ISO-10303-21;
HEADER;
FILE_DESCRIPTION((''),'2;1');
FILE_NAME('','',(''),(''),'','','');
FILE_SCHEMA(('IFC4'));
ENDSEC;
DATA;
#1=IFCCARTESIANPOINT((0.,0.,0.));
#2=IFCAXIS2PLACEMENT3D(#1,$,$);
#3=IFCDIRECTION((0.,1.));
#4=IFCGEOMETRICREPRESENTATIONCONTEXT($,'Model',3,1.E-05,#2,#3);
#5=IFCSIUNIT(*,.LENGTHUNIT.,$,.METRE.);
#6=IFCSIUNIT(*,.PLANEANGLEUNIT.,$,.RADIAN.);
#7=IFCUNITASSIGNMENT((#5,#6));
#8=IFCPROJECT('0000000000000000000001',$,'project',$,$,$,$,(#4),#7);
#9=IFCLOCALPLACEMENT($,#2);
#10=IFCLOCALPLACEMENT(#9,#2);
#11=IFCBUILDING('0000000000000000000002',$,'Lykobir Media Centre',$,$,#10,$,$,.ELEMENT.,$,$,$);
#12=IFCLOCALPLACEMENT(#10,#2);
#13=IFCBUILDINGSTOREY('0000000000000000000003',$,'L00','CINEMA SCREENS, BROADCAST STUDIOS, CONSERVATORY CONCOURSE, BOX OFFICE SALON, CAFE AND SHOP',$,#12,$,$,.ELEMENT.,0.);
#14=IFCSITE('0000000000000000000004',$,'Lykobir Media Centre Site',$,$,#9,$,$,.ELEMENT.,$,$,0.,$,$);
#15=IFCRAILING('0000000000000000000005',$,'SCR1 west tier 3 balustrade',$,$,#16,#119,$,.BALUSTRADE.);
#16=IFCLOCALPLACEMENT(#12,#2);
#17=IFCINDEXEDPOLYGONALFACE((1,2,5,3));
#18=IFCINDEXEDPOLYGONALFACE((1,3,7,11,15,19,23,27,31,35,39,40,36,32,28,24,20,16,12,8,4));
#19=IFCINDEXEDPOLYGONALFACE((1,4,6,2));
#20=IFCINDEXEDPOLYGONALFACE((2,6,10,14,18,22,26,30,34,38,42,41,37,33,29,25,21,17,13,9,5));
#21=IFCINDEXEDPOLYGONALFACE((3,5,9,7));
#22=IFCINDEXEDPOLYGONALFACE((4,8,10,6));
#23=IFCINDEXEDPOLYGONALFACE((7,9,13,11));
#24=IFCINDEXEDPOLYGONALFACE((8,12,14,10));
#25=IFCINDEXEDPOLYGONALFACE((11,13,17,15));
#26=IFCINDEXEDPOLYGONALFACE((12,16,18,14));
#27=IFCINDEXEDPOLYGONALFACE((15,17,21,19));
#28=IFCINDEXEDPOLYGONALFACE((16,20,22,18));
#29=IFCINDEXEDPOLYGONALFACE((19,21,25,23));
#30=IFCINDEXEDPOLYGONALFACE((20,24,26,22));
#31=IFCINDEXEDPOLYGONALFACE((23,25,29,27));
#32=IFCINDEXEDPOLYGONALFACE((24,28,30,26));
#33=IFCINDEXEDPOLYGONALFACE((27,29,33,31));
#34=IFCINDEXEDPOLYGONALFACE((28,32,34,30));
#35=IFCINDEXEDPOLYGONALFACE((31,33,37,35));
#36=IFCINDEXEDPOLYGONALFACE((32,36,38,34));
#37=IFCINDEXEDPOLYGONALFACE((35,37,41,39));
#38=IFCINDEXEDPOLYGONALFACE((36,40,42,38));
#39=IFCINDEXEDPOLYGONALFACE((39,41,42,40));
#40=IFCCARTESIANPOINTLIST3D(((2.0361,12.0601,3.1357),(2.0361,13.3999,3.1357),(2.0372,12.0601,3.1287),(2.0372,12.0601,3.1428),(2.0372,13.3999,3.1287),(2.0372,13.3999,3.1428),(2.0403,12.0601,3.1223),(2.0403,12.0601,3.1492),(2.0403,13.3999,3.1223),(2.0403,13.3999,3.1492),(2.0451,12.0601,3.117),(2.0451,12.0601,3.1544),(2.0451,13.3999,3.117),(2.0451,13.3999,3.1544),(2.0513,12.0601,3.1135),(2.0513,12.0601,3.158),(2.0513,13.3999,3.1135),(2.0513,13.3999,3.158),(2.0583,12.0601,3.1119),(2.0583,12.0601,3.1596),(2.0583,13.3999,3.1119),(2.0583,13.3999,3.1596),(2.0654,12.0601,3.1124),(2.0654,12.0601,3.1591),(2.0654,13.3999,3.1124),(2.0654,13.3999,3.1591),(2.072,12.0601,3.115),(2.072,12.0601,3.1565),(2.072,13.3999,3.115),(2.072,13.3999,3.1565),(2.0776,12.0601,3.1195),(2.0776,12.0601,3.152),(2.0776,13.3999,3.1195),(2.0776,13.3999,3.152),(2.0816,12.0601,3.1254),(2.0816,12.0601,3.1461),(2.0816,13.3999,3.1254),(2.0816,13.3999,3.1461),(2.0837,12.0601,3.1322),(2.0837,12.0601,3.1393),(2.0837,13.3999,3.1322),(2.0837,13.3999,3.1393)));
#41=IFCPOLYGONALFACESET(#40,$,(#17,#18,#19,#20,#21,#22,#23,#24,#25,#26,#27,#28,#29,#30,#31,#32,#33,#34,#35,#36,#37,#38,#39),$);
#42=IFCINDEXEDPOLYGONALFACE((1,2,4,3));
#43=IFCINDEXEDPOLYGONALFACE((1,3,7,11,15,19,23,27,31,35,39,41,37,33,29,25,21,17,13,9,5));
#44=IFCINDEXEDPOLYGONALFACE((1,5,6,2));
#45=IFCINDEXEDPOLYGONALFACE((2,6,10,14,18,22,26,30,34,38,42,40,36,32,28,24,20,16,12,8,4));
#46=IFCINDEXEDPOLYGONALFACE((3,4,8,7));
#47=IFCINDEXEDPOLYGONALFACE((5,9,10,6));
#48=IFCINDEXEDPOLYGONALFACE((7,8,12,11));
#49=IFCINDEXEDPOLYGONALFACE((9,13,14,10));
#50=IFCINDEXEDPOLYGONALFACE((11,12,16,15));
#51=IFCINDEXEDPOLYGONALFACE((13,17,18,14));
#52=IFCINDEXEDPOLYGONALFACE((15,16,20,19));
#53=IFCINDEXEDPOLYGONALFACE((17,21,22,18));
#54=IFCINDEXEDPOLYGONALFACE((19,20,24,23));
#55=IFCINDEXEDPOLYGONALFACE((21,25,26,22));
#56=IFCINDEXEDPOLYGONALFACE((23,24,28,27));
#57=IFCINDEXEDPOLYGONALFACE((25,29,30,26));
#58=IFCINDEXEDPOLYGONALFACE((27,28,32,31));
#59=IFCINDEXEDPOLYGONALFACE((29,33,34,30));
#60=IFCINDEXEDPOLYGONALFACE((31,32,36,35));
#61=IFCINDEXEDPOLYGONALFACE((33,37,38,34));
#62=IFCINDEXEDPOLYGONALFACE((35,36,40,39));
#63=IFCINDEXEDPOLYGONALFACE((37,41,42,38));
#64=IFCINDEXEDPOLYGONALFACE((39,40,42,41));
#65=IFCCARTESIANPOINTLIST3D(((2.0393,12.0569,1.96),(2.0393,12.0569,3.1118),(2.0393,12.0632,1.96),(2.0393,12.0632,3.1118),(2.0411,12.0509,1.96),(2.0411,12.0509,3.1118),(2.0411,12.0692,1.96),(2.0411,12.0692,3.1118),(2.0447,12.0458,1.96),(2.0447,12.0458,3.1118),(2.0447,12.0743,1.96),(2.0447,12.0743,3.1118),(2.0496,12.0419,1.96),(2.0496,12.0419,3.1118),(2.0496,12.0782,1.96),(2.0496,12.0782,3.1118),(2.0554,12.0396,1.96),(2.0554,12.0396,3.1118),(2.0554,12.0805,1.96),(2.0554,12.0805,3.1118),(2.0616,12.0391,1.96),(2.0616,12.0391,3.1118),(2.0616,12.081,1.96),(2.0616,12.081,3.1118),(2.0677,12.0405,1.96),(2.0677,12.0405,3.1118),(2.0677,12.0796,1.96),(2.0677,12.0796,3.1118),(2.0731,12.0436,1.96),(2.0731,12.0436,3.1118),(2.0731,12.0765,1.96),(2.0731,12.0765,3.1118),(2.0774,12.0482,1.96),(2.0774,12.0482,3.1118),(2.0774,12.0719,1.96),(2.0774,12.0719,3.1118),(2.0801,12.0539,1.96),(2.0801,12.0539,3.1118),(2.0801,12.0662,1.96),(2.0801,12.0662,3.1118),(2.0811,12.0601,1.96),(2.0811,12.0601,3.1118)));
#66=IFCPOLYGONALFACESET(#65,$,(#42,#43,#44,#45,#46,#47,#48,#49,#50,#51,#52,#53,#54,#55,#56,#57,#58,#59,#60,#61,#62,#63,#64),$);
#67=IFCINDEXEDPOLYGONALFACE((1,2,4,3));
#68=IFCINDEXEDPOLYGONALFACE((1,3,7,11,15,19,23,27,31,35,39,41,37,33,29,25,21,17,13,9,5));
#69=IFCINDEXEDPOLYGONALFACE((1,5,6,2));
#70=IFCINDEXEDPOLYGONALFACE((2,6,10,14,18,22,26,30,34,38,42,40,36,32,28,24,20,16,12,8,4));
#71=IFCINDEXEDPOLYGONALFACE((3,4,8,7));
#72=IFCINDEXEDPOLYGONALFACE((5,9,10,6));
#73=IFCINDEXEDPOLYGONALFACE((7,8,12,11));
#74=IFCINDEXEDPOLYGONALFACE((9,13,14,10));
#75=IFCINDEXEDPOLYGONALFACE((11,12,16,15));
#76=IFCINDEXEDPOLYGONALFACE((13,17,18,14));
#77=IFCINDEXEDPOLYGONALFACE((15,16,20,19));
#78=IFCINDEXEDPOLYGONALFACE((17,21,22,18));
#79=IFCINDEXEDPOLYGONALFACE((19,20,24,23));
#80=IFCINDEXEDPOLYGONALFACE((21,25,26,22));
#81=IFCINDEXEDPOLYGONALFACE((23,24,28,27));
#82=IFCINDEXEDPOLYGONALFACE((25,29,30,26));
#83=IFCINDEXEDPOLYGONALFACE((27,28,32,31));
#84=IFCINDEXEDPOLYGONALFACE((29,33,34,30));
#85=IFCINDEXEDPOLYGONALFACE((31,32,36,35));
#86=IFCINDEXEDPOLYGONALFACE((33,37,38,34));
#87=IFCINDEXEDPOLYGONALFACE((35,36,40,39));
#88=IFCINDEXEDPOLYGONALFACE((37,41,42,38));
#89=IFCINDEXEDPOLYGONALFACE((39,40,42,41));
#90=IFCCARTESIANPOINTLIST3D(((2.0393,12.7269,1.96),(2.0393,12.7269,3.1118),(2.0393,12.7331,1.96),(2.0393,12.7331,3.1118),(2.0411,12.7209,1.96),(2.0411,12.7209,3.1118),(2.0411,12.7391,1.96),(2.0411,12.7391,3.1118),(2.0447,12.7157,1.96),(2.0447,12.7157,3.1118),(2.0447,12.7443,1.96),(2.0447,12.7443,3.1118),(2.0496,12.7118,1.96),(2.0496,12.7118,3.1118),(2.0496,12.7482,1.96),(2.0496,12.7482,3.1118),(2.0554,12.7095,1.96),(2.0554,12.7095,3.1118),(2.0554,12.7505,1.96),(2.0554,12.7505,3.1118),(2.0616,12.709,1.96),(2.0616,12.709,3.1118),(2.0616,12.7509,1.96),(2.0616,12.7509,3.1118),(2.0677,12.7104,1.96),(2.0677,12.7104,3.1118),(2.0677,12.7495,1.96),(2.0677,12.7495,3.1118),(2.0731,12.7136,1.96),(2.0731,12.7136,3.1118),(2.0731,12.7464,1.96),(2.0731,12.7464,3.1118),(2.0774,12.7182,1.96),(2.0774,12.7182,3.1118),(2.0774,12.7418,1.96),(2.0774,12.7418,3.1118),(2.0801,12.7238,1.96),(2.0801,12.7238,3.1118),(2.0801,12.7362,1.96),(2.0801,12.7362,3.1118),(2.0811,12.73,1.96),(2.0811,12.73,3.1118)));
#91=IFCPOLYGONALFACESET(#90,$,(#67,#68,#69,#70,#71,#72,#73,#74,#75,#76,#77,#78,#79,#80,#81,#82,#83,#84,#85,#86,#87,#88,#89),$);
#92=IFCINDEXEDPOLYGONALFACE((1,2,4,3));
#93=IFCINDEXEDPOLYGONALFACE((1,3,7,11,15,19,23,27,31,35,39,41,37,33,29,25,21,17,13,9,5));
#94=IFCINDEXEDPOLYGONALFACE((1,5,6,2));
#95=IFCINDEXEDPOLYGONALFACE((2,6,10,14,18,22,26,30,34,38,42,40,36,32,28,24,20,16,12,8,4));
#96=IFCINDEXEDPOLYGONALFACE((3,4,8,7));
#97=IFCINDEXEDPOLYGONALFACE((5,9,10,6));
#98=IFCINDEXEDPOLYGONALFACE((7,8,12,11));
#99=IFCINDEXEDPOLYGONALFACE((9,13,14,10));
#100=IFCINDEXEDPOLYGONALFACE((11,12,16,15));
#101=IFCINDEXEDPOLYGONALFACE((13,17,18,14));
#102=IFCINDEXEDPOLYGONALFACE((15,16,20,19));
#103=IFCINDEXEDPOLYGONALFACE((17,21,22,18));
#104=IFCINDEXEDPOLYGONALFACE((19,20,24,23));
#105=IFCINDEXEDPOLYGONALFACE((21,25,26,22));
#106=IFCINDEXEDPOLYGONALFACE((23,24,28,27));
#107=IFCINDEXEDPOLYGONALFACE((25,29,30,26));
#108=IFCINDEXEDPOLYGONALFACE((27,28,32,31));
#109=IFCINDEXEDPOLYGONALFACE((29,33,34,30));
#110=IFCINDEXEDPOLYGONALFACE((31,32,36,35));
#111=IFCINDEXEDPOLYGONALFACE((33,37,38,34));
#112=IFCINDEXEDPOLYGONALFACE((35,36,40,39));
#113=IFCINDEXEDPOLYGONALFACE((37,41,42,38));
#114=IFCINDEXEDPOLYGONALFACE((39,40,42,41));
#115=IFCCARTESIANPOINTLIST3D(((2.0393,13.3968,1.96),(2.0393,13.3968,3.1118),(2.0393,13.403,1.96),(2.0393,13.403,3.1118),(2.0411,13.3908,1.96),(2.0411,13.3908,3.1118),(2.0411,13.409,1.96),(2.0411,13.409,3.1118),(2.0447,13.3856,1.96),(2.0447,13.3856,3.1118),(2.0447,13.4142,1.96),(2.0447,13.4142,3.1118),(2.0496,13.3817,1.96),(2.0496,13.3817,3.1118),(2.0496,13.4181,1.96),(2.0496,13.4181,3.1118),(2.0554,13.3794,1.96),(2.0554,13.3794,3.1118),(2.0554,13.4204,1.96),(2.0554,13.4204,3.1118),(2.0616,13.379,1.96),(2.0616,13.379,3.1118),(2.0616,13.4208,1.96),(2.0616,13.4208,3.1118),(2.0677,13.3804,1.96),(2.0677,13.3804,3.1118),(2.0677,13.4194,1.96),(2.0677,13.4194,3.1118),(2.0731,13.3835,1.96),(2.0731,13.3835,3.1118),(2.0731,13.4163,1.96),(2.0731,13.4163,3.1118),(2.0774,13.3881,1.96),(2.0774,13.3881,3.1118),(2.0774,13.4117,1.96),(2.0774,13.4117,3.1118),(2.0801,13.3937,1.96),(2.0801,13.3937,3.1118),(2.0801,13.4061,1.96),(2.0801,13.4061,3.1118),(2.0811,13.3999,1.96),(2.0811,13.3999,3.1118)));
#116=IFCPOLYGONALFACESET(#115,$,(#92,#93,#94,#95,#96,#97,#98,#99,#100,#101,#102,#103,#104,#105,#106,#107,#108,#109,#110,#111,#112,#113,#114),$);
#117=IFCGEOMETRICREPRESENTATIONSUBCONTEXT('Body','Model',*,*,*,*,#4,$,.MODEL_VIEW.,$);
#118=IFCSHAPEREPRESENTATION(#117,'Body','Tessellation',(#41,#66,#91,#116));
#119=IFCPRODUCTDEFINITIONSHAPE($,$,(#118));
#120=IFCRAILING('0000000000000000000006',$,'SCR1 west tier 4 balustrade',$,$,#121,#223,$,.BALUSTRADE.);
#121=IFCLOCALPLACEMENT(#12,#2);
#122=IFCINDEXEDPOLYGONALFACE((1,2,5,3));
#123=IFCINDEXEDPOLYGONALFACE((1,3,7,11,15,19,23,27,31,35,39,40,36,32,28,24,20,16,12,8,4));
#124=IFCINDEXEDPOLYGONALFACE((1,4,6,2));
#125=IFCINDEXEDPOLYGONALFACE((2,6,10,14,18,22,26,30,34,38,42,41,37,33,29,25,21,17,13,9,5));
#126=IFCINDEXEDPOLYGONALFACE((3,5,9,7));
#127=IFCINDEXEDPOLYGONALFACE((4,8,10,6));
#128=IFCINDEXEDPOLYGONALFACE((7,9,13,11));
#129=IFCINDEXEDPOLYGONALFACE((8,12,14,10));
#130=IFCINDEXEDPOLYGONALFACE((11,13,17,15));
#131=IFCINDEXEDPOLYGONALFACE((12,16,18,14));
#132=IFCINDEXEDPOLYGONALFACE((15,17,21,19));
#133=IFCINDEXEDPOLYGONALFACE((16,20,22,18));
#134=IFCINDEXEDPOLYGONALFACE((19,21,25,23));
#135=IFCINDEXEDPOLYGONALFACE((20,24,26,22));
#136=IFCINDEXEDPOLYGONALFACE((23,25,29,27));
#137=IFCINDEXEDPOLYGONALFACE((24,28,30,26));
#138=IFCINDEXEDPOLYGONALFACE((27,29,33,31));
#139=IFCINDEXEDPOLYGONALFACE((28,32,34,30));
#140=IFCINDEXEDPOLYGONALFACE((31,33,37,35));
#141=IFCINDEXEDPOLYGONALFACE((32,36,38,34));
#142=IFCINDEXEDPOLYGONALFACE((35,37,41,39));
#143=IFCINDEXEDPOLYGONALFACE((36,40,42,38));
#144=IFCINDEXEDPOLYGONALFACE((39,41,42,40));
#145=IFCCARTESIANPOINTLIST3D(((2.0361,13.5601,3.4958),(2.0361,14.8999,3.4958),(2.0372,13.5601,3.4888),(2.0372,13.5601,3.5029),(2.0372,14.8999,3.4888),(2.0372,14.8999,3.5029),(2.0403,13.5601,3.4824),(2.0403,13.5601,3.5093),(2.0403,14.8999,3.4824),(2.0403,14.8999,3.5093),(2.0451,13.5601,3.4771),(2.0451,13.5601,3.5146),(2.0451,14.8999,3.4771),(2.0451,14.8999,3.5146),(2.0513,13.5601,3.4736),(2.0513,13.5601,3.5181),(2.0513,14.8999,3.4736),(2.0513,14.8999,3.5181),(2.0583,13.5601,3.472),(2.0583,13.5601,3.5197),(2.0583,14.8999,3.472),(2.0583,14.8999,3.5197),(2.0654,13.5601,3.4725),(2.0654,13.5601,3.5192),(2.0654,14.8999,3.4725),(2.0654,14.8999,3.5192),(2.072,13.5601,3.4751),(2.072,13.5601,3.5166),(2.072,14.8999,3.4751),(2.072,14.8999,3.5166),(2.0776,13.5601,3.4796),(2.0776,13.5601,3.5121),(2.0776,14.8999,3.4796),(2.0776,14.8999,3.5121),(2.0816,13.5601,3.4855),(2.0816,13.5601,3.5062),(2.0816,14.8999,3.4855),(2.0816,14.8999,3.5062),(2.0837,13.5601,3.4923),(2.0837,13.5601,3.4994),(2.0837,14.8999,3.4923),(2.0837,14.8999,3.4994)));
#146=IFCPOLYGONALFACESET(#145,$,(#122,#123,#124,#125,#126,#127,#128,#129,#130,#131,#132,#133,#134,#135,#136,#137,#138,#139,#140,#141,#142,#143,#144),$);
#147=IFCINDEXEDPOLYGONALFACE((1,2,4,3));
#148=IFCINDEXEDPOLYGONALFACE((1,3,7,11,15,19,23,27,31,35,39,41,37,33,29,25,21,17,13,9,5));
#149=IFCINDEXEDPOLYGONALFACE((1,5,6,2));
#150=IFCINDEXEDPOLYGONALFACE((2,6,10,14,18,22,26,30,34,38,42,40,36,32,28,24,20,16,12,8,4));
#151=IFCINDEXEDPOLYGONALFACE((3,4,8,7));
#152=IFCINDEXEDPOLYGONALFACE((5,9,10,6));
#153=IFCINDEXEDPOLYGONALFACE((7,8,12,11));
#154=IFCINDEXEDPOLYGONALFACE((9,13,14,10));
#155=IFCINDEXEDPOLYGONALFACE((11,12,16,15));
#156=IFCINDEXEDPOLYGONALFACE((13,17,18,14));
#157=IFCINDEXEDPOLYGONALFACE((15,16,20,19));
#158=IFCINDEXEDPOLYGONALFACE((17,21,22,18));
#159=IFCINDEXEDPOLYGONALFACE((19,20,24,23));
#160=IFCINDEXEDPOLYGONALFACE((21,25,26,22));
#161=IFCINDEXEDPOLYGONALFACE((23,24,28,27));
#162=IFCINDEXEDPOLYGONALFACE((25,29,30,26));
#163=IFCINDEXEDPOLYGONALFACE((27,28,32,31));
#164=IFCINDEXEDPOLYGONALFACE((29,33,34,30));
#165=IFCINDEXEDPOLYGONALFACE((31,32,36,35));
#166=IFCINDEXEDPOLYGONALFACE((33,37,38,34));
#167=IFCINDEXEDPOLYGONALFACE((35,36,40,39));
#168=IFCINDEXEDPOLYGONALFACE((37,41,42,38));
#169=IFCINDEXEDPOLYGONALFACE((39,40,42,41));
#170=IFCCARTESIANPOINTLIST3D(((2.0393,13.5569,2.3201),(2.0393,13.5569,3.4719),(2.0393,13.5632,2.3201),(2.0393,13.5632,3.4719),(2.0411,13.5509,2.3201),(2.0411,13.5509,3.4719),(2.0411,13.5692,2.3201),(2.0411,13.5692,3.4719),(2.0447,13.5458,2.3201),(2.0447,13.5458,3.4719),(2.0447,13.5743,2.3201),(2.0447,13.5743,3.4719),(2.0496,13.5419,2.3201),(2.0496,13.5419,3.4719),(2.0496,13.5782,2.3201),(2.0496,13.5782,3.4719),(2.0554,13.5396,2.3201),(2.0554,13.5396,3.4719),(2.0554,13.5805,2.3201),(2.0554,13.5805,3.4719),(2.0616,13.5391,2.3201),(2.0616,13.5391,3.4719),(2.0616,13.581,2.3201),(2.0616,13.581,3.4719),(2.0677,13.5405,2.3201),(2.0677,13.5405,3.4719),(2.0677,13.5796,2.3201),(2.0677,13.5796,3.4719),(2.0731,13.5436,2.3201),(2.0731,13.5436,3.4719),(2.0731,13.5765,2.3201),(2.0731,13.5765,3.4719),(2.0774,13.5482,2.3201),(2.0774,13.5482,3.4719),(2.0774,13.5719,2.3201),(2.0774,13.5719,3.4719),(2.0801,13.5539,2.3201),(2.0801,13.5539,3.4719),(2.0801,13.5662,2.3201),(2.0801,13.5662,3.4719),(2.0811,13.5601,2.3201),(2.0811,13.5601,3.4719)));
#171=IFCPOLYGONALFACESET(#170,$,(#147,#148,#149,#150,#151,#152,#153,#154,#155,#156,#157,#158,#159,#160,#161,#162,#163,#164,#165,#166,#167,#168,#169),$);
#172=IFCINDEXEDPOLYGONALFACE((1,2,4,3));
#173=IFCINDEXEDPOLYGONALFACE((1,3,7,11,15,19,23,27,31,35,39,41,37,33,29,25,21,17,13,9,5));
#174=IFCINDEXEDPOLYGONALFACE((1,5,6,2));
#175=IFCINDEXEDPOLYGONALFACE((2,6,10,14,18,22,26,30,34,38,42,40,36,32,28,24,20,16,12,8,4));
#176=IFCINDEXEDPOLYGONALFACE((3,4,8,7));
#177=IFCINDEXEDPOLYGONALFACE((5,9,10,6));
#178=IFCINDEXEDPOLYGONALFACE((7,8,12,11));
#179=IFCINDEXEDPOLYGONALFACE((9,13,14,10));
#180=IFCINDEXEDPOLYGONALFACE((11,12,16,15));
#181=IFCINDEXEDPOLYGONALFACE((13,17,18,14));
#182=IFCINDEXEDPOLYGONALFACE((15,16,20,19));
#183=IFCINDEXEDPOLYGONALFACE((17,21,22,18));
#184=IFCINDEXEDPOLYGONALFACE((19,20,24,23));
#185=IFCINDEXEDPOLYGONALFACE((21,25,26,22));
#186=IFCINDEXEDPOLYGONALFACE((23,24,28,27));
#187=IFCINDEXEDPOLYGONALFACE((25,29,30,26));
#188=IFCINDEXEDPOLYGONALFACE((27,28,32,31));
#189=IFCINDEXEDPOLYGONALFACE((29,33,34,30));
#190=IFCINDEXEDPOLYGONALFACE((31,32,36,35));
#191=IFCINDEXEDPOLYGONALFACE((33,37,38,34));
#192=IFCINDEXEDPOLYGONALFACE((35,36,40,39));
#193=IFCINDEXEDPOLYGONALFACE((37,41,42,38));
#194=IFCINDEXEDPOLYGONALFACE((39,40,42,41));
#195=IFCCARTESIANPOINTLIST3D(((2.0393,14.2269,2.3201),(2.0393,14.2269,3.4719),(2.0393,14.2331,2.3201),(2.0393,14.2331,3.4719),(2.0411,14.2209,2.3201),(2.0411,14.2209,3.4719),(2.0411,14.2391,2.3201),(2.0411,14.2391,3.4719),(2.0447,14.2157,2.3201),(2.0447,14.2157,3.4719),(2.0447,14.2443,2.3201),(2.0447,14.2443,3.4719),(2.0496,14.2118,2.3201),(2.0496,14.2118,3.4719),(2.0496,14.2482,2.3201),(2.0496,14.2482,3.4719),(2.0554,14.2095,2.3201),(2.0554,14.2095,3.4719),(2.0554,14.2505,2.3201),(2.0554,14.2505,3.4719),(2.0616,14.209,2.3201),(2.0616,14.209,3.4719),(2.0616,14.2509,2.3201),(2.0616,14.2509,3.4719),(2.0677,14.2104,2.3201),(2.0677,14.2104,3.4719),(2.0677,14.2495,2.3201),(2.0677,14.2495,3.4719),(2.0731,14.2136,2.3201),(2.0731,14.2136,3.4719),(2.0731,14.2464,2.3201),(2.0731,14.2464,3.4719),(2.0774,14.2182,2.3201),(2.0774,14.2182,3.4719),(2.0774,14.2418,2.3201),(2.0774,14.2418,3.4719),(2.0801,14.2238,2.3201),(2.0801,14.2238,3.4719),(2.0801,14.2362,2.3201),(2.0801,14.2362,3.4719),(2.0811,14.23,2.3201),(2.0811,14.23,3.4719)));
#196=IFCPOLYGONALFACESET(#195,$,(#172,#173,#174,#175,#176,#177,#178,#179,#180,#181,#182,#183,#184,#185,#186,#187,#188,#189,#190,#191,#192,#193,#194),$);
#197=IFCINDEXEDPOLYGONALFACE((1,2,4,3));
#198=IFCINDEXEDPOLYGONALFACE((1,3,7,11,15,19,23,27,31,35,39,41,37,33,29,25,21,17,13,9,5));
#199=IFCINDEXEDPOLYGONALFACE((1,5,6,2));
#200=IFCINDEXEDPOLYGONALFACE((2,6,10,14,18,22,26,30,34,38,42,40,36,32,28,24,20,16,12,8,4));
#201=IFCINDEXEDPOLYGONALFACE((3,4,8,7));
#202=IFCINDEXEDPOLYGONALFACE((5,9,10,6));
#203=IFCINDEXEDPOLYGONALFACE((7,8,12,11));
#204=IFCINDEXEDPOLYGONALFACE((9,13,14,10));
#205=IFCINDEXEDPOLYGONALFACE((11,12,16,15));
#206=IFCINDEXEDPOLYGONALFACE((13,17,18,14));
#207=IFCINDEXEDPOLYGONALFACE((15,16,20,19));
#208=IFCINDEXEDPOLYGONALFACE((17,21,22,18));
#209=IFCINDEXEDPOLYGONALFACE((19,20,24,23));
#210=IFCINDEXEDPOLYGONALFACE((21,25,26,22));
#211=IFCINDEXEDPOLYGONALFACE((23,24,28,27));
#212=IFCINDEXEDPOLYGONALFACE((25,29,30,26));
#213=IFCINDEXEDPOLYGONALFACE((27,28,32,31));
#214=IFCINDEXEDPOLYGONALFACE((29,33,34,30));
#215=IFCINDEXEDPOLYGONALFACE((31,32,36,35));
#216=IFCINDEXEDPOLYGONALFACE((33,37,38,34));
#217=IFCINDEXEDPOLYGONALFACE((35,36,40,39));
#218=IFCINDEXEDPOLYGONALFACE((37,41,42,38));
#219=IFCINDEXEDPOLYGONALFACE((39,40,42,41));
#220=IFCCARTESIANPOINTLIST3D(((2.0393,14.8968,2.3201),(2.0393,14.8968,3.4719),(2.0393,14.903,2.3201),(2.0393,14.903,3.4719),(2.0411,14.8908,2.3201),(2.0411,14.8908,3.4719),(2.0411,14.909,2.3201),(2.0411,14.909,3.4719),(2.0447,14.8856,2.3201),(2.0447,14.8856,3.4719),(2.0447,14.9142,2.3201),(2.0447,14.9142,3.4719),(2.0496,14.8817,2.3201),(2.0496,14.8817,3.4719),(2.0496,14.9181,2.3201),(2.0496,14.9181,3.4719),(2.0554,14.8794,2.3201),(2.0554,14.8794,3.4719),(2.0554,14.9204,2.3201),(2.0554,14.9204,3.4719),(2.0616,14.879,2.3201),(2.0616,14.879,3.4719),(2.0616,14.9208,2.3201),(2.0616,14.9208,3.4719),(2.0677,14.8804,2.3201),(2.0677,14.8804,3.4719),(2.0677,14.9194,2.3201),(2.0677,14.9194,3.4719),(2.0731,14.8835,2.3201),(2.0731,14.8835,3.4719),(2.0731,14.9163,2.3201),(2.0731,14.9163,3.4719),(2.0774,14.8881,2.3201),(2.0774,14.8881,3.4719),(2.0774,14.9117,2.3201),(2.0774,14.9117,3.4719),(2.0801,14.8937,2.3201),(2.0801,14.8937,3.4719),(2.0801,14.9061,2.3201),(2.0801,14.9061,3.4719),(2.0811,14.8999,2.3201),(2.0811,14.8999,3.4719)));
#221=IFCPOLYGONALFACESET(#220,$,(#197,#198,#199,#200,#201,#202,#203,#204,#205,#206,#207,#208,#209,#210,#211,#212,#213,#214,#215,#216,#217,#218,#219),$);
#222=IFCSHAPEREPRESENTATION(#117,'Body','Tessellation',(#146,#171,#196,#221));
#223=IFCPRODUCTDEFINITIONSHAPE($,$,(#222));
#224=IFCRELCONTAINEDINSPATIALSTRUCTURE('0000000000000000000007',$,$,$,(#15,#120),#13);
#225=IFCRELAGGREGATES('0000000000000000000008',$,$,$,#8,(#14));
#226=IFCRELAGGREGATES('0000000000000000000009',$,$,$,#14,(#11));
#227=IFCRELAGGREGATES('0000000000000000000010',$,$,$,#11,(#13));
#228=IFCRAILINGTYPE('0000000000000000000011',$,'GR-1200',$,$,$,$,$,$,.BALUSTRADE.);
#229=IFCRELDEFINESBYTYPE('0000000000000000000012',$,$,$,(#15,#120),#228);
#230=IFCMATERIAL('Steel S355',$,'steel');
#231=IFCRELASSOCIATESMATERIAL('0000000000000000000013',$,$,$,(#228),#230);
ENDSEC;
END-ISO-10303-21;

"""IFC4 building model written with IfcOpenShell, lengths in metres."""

from ifc_helpers import new_model, si_unit, direction, frame, origin, origin_2d, place, context, subcontext, project, spatial, circle, extrude, material, type_object, element, save


model = new_model("IFC4")

# Units and contexts
model_context = context("Model", 3, precision=1e-05, world=origin(), true_north=direction((0.0, 1.0)))
body_context = subcontext(model_context, "Body", "Model", "MODEL_VIEW")
ifc_project = project(units=[si_unit("LENGTHUNIT", "METRE"), si_unit("PLANEANGLEUNIT", "RADIAN")], contexts=[model_context])

# Site, building, storey
site_placement = place(None, origin())
site = spatial("IfcSite", under=ifc_project, at=site_placement, Name="Lykobir Media Centre Site", CompositionType="ELEMENT", RefElevation=0.0)
building_placement = place(site_placement, origin())
building = spatial("IfcBuilding", under=site, at=building_placement, Name="Lykobir Media Centre", CompositionType="ELEMENT")
storey_placement = place(building_placement, origin())
storey = spatial("IfcBuildingStorey", under=building, at=storey_placement, Name="L00", Description="CINEMA SCREENS, BROADCAST STUDIOS, CONSERVATORY CONCOURSE, BOX OFFICE SALON, CAFE AND SHOP", CompositionType="ELEMENT", Elevation=0.0)

# Shared definitions
ifc_material_1 = material(Name="Steel S355", Category="steel")

# Railings
railing_type = type_object("IfcRailingType", Name="GR-1200", PredefinedType="BALUSTRADE", material=ifc_material_1)
for number, where, name in (
    (1, (2.0601, 12.0601, 1.96), "SCR1 west tier 3 balustrade"),
    (2, (2.0601, 13.5601, 2.3201), "SCR1 west tier 4 balustrade"),
):
    element("IfcRailing", number, at=place(storey_placement, frame(where)), inside=storey, type_object=railing_type, Name=name, PredefinedType="BALUSTRADE", context=body_context, shape_type="SweptSolid", body=[
        extrude(circle(Radius=0.0239, at=origin_2d()), frame((0.0, 0.0, 1.1758), z_axis=(0.0, 1.0, 0.0), x_axis=(-1.0, 0.0, 0.0)), (0.0, 0.0, 1.0), 1.3398),
        extrude(circle(Radius=0.021, at=origin_2d()), origin(), (0.0, 0.0, 1.0), 1.1519),
        extrude(circle(Radius=0.021, at=origin_2d()), frame((0.0, 0.6699, 0.0)), (0.0, 0.0, 1.0), 1.1519),
        extrude(circle(Radius=0.021, at=origin_2d()), frame((0.0, 1.3398, 0.0)), (0.0, 0.0, 1.0), 1.1519),
    ])

save(model, "model.ifc")
